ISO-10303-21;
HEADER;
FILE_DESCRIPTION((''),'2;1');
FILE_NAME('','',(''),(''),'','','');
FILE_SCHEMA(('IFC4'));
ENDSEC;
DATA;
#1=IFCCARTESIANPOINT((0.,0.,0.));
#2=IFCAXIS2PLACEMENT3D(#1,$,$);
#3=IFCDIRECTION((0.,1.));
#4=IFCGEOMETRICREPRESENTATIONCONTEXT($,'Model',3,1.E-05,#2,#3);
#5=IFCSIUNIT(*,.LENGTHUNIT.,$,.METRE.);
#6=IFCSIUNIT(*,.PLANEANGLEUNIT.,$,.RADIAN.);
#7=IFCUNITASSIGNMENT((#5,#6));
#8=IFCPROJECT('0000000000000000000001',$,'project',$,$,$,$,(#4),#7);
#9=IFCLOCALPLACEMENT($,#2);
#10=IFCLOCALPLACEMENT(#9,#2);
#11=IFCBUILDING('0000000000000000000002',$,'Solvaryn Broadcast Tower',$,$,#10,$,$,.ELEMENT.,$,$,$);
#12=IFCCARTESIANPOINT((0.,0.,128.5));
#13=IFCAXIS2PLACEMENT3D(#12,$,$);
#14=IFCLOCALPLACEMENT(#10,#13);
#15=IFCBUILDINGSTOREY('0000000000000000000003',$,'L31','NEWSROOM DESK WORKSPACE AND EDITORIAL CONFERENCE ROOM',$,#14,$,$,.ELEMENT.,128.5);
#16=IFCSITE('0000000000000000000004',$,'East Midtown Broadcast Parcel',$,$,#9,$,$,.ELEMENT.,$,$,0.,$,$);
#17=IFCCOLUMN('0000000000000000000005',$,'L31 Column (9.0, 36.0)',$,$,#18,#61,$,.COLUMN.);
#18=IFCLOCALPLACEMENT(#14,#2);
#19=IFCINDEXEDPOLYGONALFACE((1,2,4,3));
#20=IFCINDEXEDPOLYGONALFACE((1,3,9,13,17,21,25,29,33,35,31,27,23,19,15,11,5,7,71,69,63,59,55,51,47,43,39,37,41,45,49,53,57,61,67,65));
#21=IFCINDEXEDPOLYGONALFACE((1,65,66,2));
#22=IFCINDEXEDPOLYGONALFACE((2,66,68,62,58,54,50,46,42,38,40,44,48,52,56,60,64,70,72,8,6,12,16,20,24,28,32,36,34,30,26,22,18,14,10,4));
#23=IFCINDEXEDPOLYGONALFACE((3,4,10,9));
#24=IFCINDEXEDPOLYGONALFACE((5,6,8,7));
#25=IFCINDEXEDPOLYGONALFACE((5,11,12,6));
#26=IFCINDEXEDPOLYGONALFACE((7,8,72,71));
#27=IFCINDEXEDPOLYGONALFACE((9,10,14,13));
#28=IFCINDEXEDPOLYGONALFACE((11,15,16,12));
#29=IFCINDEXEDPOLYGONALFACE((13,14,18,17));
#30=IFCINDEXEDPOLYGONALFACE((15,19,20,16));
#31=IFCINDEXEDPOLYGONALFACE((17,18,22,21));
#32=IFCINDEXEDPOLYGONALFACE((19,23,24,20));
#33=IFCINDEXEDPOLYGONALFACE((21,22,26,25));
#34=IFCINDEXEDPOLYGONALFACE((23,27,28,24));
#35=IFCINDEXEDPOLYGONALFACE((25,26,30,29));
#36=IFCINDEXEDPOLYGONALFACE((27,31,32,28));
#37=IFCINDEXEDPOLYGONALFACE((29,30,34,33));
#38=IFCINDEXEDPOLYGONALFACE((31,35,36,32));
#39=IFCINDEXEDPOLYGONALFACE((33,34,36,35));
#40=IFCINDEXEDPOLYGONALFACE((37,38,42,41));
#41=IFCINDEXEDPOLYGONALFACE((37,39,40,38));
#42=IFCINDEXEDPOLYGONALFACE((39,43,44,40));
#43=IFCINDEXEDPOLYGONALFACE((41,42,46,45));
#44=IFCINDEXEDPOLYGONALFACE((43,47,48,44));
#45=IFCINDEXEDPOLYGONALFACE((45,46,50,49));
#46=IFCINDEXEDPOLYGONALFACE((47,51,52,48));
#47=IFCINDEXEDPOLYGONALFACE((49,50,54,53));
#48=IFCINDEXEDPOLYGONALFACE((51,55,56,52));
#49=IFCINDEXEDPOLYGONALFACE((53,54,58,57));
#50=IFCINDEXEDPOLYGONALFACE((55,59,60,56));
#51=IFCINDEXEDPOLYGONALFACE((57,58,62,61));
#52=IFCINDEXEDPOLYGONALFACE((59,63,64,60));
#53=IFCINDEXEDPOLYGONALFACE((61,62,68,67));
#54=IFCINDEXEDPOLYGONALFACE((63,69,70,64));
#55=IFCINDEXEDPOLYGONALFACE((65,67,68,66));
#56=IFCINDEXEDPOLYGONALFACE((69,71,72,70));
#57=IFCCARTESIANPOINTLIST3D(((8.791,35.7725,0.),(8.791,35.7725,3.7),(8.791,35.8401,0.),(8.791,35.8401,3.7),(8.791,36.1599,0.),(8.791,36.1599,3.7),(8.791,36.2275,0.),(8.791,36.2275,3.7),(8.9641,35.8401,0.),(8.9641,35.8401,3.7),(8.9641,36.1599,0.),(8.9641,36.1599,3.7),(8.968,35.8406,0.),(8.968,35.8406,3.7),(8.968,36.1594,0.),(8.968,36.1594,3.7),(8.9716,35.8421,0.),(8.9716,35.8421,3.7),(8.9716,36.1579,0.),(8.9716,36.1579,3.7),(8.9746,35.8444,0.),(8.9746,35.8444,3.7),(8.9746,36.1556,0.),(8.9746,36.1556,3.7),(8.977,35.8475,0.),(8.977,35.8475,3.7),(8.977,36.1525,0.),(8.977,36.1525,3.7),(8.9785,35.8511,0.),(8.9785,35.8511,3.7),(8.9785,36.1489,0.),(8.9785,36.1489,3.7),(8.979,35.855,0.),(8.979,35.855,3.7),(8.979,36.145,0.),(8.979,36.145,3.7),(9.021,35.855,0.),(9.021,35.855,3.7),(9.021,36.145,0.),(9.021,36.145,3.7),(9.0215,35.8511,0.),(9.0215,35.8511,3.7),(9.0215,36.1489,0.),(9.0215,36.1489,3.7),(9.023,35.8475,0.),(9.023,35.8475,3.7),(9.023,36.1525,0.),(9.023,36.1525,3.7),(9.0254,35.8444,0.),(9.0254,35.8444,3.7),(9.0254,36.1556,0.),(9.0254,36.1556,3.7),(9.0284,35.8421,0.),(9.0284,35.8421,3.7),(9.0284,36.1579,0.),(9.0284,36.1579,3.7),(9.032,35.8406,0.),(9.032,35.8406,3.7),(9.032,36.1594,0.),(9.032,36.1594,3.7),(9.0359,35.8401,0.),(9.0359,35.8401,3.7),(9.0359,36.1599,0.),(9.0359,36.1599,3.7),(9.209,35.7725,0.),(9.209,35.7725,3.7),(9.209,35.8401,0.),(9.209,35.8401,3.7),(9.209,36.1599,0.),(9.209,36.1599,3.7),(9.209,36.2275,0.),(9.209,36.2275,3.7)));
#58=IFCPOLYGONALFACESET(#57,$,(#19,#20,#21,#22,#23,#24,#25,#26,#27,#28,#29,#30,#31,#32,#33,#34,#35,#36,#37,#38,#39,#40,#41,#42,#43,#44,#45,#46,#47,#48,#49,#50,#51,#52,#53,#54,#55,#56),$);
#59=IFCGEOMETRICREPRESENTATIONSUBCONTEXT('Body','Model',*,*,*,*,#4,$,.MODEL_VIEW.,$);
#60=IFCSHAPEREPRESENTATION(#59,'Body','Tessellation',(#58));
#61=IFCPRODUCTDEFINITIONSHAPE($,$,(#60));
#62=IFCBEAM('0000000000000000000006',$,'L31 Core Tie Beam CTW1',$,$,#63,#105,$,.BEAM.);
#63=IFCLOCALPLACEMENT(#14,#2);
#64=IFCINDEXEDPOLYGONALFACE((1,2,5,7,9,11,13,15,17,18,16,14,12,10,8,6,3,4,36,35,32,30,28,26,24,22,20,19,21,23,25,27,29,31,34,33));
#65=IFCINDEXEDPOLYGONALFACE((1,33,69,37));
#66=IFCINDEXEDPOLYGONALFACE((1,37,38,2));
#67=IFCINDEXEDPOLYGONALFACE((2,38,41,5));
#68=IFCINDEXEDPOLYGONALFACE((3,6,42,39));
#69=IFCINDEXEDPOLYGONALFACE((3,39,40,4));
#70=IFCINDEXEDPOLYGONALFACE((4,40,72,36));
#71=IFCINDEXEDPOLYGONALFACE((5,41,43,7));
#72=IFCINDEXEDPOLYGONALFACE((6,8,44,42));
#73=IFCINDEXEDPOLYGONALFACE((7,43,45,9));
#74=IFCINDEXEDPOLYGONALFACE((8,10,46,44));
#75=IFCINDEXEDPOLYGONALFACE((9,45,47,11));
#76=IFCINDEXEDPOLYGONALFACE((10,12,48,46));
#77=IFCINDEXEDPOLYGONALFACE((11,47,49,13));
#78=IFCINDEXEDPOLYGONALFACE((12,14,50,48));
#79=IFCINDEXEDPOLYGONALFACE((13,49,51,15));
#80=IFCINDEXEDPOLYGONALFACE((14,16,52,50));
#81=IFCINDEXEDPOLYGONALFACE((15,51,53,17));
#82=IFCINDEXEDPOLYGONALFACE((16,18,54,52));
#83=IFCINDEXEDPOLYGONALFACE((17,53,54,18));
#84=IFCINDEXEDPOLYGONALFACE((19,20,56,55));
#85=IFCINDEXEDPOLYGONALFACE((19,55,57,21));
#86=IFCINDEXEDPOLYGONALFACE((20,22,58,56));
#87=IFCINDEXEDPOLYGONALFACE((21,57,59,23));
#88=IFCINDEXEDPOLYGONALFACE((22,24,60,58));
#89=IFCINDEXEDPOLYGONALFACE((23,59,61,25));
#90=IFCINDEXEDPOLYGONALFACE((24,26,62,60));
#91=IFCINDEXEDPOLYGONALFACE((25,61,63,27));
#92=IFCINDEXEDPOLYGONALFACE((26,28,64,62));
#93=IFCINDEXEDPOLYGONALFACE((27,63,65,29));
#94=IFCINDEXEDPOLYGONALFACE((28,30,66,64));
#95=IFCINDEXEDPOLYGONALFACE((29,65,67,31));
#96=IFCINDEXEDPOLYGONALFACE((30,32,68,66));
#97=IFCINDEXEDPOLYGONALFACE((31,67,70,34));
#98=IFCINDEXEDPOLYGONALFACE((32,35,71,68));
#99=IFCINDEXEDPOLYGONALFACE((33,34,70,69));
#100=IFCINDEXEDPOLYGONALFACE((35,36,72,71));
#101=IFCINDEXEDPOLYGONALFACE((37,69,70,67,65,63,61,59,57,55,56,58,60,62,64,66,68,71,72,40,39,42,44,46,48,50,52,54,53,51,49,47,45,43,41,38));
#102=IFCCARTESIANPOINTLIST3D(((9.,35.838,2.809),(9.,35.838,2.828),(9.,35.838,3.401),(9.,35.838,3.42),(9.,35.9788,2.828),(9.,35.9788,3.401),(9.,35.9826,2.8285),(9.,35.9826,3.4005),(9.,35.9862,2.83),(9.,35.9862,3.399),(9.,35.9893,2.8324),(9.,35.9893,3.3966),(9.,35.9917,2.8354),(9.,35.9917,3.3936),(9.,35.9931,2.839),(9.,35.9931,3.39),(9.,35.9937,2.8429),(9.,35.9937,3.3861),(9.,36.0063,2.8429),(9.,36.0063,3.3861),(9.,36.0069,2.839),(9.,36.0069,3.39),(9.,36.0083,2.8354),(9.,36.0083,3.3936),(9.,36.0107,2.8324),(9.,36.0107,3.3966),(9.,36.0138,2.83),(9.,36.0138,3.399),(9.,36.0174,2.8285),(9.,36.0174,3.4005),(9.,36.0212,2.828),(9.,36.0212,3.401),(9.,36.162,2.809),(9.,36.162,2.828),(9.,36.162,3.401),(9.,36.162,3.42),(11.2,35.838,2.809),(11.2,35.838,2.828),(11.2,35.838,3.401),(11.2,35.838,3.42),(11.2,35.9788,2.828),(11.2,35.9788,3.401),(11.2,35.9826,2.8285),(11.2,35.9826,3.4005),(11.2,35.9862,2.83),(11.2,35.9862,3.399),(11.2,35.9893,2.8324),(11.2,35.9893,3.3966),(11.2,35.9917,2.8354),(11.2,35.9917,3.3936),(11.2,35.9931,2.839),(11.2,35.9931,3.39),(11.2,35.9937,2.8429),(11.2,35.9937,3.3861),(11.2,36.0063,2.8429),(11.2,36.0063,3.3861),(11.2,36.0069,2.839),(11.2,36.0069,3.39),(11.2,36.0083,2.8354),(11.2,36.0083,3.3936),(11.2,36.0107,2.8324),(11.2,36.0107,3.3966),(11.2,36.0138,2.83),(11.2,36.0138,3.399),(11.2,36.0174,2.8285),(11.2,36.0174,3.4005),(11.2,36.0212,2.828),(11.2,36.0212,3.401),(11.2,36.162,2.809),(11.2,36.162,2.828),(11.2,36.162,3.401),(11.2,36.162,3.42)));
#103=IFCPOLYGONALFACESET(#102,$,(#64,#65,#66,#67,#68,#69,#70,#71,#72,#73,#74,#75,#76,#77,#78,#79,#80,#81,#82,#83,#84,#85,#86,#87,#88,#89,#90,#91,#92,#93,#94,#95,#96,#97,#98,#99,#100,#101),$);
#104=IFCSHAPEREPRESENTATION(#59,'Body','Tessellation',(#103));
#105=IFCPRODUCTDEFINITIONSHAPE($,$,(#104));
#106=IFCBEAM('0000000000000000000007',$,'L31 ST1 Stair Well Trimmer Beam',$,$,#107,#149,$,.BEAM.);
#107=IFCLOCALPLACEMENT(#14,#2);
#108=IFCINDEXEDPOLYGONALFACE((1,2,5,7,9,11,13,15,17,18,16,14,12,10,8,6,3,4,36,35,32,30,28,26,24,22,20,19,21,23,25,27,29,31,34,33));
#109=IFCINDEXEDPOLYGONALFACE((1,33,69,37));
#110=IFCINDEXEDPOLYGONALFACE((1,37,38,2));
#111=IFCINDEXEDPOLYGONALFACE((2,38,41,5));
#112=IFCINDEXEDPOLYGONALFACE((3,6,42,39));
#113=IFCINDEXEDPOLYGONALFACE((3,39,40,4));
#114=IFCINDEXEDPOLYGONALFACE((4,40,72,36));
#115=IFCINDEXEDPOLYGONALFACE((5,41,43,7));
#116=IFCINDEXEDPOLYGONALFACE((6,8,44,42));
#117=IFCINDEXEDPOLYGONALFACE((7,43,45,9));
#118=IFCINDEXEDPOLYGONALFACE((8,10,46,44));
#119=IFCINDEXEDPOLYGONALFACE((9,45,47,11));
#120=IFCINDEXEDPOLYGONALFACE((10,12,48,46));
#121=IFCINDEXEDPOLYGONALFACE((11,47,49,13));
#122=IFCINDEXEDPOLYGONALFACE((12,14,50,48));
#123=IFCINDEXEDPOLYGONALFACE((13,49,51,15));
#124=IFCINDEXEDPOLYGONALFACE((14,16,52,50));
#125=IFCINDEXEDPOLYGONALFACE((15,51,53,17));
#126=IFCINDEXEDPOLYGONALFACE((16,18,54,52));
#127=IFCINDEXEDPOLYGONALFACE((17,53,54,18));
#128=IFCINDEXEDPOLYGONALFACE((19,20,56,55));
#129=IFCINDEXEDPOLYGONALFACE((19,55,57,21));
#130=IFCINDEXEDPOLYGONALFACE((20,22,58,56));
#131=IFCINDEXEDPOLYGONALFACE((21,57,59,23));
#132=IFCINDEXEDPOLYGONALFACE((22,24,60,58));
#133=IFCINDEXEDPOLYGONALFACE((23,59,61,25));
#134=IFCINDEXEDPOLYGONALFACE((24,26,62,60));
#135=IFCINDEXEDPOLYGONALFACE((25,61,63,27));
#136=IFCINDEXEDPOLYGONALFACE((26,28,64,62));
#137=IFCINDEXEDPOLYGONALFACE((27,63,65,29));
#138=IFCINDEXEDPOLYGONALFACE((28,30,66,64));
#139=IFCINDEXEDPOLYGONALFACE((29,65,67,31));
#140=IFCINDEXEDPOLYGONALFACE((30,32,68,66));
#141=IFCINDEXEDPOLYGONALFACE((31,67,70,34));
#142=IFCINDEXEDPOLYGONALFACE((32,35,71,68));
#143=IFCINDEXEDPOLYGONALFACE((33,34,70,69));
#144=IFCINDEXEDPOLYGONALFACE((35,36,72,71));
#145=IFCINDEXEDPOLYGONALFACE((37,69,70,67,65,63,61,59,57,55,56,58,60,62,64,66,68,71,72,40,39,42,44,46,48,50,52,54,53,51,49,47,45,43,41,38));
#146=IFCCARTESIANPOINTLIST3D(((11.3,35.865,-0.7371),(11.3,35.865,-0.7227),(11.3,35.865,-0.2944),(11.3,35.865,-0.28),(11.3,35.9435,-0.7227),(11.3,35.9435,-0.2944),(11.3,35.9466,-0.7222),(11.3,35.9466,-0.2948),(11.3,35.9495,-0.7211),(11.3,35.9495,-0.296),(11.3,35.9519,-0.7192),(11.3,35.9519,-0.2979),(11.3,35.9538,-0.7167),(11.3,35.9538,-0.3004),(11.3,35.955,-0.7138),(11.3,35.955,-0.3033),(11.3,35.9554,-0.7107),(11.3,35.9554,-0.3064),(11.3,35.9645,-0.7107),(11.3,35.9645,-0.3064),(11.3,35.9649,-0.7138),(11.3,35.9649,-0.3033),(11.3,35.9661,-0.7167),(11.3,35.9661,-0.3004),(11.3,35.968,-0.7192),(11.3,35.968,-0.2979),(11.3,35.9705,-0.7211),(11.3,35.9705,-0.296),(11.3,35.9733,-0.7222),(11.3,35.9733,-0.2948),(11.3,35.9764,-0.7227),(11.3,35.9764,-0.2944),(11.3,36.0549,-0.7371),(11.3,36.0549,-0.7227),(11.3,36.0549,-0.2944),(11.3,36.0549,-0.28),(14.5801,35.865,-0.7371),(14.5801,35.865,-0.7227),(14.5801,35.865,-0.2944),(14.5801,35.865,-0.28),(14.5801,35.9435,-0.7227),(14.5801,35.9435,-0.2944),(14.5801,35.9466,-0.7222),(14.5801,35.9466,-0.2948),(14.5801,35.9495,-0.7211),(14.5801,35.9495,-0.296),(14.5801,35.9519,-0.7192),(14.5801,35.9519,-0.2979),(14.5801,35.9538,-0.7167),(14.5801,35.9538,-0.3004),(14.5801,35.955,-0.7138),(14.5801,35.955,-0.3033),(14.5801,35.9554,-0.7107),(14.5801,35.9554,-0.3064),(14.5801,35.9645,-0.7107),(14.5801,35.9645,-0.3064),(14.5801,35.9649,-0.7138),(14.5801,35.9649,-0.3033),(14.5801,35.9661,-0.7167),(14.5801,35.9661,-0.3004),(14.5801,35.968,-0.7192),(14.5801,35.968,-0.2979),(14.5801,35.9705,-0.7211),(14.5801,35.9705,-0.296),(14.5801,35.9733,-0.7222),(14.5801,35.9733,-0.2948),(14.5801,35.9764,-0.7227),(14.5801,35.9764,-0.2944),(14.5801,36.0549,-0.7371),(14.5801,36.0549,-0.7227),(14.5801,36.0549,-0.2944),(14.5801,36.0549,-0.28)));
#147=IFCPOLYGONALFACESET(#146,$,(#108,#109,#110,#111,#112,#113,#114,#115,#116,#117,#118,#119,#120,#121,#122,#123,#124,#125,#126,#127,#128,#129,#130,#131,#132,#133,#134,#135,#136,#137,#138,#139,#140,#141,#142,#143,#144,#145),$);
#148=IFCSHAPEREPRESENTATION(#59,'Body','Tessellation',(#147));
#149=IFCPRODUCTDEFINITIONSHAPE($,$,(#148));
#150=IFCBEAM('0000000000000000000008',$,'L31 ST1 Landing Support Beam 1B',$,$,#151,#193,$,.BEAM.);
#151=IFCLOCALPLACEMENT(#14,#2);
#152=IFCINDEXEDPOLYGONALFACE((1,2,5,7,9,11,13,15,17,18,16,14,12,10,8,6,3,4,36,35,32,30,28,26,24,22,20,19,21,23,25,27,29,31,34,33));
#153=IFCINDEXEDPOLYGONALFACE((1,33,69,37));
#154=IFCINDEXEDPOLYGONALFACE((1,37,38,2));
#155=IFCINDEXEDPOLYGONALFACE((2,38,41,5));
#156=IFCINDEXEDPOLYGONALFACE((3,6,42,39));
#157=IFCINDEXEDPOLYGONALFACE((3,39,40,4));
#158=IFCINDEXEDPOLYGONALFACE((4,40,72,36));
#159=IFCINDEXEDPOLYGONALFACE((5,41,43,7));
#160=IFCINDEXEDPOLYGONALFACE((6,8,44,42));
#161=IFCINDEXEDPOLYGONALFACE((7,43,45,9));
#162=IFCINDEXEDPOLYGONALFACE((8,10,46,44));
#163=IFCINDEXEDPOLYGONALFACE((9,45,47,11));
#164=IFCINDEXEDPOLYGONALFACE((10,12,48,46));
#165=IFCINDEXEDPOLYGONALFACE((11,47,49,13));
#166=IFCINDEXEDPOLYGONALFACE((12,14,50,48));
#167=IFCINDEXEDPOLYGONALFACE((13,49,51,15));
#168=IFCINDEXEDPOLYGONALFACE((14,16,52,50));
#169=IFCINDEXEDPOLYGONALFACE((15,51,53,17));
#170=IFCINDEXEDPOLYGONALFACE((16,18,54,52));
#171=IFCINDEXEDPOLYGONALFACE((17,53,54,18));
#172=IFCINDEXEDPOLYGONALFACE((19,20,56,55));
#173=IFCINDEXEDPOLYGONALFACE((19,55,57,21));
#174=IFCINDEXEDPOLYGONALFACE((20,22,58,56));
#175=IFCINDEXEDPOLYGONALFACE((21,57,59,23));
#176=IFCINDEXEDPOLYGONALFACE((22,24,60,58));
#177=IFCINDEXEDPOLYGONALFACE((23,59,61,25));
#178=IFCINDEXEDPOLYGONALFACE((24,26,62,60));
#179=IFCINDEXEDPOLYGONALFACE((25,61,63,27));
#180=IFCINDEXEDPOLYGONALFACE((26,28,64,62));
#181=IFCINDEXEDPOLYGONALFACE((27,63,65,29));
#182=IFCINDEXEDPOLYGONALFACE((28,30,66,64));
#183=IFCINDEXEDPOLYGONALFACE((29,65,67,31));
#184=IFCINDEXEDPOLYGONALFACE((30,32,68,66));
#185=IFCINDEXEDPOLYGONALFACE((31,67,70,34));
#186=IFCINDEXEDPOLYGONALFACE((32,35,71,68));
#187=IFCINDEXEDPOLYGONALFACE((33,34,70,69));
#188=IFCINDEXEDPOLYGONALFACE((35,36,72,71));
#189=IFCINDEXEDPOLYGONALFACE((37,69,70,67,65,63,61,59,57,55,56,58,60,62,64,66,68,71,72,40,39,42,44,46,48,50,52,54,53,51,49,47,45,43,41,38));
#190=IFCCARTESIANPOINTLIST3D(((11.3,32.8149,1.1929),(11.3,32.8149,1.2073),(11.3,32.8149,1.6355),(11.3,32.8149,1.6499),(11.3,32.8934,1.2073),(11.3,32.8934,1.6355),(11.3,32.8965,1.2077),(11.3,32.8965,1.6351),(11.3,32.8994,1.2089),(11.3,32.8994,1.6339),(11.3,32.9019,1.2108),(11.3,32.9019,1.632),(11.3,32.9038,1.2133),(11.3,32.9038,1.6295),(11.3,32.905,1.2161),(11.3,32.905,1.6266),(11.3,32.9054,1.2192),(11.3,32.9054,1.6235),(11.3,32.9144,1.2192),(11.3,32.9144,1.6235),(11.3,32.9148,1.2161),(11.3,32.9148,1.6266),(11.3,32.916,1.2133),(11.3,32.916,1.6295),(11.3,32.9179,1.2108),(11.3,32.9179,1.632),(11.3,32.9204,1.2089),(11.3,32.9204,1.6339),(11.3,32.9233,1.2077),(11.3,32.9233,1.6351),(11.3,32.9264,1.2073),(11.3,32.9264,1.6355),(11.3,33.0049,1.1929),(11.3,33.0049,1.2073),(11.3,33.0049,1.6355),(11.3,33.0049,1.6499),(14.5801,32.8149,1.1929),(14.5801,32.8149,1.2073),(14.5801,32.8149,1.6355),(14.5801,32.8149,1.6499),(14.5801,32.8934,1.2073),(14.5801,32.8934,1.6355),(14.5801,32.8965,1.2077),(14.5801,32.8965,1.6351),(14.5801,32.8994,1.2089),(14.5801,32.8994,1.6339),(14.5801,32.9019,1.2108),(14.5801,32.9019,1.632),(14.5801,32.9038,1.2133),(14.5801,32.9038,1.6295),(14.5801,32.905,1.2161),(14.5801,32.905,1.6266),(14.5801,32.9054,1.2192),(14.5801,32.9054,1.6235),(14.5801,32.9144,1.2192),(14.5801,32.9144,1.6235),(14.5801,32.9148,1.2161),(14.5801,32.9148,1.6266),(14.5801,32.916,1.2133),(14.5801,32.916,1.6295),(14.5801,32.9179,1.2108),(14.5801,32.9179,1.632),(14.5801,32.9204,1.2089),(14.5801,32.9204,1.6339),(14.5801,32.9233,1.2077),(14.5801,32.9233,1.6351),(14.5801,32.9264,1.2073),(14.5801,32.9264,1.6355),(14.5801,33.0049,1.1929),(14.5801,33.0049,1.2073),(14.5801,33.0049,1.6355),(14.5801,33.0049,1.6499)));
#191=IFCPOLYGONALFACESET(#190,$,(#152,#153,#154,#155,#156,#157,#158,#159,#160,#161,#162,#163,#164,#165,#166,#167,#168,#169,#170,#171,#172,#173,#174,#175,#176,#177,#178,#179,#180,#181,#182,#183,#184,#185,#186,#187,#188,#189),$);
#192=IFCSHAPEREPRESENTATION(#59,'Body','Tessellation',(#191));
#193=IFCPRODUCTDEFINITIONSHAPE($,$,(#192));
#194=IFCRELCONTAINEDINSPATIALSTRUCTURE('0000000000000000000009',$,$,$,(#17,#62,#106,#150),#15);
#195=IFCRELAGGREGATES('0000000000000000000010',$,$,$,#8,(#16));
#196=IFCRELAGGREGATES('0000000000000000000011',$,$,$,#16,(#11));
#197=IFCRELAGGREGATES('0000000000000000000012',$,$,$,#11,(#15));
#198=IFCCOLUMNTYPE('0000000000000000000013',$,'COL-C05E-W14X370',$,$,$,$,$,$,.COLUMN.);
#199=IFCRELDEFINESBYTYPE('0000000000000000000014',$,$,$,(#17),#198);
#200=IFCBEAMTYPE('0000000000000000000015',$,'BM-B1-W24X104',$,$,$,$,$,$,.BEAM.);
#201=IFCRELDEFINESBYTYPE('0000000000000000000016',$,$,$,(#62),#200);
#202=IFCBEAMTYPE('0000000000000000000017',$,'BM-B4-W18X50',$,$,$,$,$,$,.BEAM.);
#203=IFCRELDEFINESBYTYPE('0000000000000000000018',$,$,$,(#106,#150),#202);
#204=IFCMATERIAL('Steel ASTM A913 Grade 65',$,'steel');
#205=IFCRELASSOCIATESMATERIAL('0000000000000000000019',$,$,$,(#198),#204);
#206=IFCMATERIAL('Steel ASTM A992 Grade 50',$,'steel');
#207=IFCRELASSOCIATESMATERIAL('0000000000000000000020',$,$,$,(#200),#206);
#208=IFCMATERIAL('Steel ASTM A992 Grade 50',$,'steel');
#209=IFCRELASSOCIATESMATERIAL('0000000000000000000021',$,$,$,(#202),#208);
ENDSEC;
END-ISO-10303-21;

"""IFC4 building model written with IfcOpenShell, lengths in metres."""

from ifc_helpers import new_model, si_unit, direction, frame, origin, origin_2d, place, context, subcontext, project, spatial, i_section, extrude, material, material_profile, profile_set, type_object, element, save


model = new_model("IFC4")

# Units and contexts
model_context = context("Model", 3, precision=1e-05, world=origin(), true_north=direction((0.0, 1.0)))
body_context = subcontext(model_context, "Body", "Model", "MODEL_VIEW")
ifc_project = project(units=[si_unit("LENGTHUNIT", "METRE"), si_unit("PLANEANGLEUNIT", "RADIAN")], contexts=[model_context])

# Site, building, storey
site_placement = place(None, origin())
site = spatial("IfcSite", under=ifc_project, at=site_placement, Name="East Midtown Broadcast Parcel", CompositionType="ELEMENT", RefElevation=0.0)
building_placement = place(site_placement, origin())
building = spatial("IfcBuilding", under=site, at=building_placement, Name="Solvaryn Broadcast Tower", CompositionType="ELEMENT")
storey_placement = place(building_placement, frame((0.0, 0.0, 128.5)))
storey = spatial("IfcBuildingStorey", under=building, at=storey_placement, Name="L31", Description="NEWSROOM DESK WORKSPACE AND EDITORIAL CONFERENCE ROOM", CompositionType="ELEMENT", Elevation=128.5)

# Column
ifc_material_1 = material(Name="Steel ASTM A913 Grade 65", Category="steel")
ifc_material_profile_1 = material_profile(ifc_material_1, i_section(OverallWidth=0.418, OverallDepth=0.4551, WebThickness=0.042, FlangeThickness=0.0676, FilletRadius=0.0149, at=origin_2d()))
ifc_profile_set_1 = profile_set([ifc_material_profile_1], Name="Steel ASTM A913 Grade 65")
column_type = type_object("IfcColumnType", Name="COL-C05E-W14X370", PredefinedType="COLUMN", material=ifc_profile_set_1)
column_placement = place(storey_placement, frame((9.0, 36.0, 0.0), z_axis=(0.0, 0.0, 1.0), x_axis=(1.0, 0.0, 0.0)))
element("IfcColumn", 1, at=column_placement, inside=storey, type_object=column_type, Name="L31 Column (9.0, 36.0)", PredefinedType="COLUMN", context=body_context, shape_type="SweptSolid", body=[
    extrude(i_section(OverallWidth=0.418, OverallDepth=0.4551, WebThickness=0.042, FlangeThickness=0.0676, FilletRadius=0.0149, at=origin_2d()), origin(), (0.0, 0.0, 1.0), 3.7),
])

# Beams
ifc_material_2 = material(Name="Steel ASTM A992 Grade 50", Category="steel")
ifc_material_profile_2 = material_profile(ifc_material_2, i_section(OverallWidth=0.324, OverallDepth=0.6111, WebThickness=0.0127, FlangeThickness=0.019, FilletRadius=0.0149, at=origin_2d()))
ifc_profile_set_2 = profile_set([ifc_material_profile_2], Name="Steel ASTM A992 Grade 50")
beam_type_1 = type_object("IfcBeamType", Name="BM-B1-W24X104", PredefinedType="BEAM", material=ifc_profile_set_2)
beam_1_placement = place(storey_placement, frame((9.0, 36.0, 3.1145), z_axis=(1.0, 0.0, 0.0), x_axis=(0.0, 1.0, 0.0)))
element("IfcBeam", 2, at=beam_1_placement, inside=storey, type_object=beam_type_1, Name="L31 Core Tie Beam CTW1", PredefinedType="BEAM", context=body_context, shape_type="SweptSolid", body=[
    extrude(i_section(OverallWidth=0.324, OverallDepth=0.6111, WebThickness=0.0127, FlangeThickness=0.019, FilletRadius=0.0149, at=origin_2d()), origin(), (0.0, 0.0, 1.0), 2.2),
])
ifc_material_3 = material(Name="Steel ASTM A992 Grade 50", Category="steel")
ifc_material_profile_3 = material_profile(ifc_material_3, i_section(OverallWidth=0.1899, OverallDepth=0.457, WebThickness=0.009, FlangeThickness=0.0144, FilletRadius=0.012, at=origin_2d()))
ifc_profile_set_3 = profile_set([ifc_material_profile_3], Name="Steel ASTM A992 Grade 50")
beam_type_2 = type_object("IfcBeamType", Name="BM-B4-W18X50", PredefinedType="BEAM", material=ifc_profile_set_3)
for number, where, z_axis, x_axis, name in (
    (3, (11.3, 35.96, -0.5085), (1.0, 0.0, 0.0), (0.0, 1.0, 0.0), "L31 ST1 Stair Well Trimmer Beam"),
    (4, (11.3, 32.9099, 1.4214), (1.0, 0.0, 0.0), (0.0, 1.0, 0.0), "L31 ST1 Landing Support Beam 1B"),
):
    element("IfcBeam", number, at=place(storey_placement, frame(where, z_axis=z_axis, x_axis=x_axis)), inside=storey, type_object=beam_type_2, Name=name, PredefinedType="BEAM", context=body_context, shape_type="SweptSolid", body=[
        extrude(i_section(OverallWidth=0.1899, OverallDepth=0.457, WebThickness=0.009, FlangeThickness=0.0144, FilletRadius=0.012, at=origin_2d()), origin(), (0.0, 0.0, 1.0), 3.28),
    ])

save(model, "model.ifc")
